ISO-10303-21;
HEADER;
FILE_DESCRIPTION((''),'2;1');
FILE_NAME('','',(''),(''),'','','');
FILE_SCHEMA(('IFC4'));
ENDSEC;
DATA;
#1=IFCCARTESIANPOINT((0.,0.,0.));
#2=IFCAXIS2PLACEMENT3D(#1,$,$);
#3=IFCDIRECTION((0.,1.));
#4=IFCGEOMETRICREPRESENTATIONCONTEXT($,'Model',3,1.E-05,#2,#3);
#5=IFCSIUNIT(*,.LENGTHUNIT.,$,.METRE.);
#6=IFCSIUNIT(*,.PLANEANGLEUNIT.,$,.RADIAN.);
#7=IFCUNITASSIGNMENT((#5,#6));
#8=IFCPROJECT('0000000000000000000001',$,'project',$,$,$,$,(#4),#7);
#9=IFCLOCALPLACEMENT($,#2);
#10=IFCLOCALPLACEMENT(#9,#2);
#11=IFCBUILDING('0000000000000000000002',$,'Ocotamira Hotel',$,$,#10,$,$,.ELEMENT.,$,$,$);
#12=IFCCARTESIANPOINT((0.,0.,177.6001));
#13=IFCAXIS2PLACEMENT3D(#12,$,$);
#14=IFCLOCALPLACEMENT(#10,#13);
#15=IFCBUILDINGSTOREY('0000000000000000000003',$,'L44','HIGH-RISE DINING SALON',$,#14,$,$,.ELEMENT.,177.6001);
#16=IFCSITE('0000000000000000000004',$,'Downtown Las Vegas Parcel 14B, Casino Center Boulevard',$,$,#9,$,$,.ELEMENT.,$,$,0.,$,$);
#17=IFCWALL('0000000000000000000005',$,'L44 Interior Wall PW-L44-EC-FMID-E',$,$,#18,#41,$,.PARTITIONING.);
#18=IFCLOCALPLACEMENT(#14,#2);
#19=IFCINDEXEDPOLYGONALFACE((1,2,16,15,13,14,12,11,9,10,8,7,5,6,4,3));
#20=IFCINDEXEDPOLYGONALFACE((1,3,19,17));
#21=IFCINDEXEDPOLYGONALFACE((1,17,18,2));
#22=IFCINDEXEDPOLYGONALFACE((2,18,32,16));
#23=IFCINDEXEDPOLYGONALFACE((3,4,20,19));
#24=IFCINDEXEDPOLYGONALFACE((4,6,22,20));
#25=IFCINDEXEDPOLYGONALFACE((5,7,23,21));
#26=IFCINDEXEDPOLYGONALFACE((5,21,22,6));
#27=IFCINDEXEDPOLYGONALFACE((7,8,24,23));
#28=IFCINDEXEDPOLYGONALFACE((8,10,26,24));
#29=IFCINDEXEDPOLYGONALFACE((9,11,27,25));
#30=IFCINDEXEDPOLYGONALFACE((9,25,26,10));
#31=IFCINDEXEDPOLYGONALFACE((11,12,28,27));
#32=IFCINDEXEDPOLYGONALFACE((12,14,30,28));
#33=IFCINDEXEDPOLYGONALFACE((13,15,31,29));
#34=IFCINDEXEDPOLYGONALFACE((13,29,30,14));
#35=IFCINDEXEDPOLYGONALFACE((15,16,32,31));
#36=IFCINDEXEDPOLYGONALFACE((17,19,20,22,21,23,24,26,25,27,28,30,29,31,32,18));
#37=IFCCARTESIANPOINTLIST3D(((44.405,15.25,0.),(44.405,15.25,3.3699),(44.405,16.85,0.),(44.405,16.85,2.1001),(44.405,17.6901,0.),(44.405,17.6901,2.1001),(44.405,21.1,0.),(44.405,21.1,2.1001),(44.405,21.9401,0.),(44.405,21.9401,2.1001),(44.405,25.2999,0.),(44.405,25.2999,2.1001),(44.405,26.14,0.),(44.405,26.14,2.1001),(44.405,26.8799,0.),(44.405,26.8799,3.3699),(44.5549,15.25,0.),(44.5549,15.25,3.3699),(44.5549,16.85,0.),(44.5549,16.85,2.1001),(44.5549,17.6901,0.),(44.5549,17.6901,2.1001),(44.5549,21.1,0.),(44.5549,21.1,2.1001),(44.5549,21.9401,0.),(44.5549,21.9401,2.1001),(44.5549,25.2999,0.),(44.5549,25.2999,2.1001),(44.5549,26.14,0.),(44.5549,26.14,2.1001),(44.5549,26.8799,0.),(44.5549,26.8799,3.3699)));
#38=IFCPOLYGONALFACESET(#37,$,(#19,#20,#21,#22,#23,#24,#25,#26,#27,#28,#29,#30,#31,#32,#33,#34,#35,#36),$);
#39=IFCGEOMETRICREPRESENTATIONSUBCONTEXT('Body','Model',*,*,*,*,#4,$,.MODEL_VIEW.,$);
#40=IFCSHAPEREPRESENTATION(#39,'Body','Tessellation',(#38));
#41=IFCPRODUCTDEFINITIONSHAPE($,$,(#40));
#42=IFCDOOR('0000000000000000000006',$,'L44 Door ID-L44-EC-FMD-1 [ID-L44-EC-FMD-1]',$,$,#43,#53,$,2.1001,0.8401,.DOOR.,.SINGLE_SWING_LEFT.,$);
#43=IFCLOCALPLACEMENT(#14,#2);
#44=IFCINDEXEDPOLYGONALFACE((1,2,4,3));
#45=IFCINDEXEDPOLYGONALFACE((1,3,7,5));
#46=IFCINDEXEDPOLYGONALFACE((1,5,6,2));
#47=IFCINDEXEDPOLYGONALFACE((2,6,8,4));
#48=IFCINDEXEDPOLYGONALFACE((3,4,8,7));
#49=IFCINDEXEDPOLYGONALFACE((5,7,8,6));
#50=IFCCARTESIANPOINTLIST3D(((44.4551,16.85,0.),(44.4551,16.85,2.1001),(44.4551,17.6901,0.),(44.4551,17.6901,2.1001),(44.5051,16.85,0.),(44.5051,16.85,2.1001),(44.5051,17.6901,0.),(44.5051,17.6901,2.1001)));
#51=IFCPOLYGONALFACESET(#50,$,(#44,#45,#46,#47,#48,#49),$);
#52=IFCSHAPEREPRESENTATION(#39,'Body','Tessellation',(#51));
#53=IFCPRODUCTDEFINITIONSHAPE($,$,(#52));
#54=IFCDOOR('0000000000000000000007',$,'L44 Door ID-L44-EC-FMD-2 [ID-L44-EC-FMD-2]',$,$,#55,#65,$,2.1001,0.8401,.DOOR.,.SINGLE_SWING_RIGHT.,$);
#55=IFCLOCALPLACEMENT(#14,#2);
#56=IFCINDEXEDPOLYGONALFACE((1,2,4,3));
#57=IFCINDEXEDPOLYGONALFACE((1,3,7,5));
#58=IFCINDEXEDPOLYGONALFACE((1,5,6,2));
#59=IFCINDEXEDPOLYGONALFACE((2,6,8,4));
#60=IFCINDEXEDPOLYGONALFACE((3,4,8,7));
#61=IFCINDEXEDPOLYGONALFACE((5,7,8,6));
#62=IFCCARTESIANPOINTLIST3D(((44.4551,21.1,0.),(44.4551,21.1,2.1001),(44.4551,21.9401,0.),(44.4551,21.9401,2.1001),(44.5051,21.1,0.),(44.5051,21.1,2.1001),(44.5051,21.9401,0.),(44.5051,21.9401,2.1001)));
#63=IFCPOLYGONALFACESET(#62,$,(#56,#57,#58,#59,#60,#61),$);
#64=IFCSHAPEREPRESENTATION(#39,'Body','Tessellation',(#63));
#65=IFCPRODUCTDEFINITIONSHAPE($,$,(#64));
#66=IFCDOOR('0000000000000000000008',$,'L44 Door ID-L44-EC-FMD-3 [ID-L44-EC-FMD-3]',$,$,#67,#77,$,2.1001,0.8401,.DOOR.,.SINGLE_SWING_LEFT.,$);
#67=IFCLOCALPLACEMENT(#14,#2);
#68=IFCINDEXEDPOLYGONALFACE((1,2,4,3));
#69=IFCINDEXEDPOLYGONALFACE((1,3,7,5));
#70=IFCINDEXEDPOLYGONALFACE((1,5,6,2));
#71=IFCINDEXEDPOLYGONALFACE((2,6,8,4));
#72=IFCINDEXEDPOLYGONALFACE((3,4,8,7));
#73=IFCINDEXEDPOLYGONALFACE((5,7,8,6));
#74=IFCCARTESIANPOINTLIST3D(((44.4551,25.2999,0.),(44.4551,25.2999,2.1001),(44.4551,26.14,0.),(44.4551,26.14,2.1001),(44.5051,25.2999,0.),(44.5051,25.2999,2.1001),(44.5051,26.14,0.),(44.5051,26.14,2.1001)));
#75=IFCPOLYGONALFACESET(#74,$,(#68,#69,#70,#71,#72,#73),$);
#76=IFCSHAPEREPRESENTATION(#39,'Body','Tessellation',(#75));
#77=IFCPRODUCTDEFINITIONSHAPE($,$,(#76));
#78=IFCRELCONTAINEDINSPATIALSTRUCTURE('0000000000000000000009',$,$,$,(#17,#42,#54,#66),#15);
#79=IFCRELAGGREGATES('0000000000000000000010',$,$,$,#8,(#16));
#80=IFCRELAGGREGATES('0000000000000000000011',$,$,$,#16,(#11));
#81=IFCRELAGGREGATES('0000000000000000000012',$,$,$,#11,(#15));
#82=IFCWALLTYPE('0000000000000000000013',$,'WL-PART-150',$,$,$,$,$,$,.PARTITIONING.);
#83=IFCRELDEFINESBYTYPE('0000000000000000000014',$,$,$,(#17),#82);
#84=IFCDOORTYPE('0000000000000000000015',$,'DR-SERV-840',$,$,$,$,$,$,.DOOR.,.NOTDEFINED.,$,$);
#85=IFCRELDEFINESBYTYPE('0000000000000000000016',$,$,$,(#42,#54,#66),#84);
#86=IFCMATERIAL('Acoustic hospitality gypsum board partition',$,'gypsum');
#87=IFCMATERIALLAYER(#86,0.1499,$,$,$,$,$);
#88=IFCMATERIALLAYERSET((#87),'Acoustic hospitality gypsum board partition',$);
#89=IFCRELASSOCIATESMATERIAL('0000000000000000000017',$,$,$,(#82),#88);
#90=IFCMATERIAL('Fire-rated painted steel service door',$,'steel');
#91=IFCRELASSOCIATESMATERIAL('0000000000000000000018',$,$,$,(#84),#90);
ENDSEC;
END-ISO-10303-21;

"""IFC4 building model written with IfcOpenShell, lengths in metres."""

from ifc_helpers import new_model, si_unit, direction, frame, frame_2d, origin, place, context, subcontext, project, spatial, rectangle, extrude, source, transform, mapped, material, layer, layer_set, type_object, element, fill, save


model = new_model("IFC4")

# Units and contexts
model_context = context("Model", 3, precision=1e-05, world=origin(), true_north=direction((0.0, 1.0)))
body_context = subcontext(model_context, "Body", "Model", "MODEL_VIEW")
ifc_project = project(units=[si_unit("LENGTHUNIT", "METRE"), si_unit("PLANEANGLEUNIT", "RADIAN")], contexts=[model_context])

# Site, building, storey
site_placement = place(None, origin())
site = spatial("IfcSite", under=ifc_project, at=site_placement, Name="Downtown Las Vegas Parcel 14B, Casino Center Boulevard", CompositionType="ELEMENT", RefElevation=0.0)
building_placement = place(site_placement, origin())
building = spatial("IfcBuilding", under=site, at=building_placement, Name="Ocotamira Hotel", CompositionType="ELEMENT")
storey_placement = place(building_placement, frame((0.0, 0.0, 177.6001)))
storey = spatial("IfcBuildingStorey", under=building, at=storey_placement, Name="L44", Description="HIGH-RISE DINING SALON", CompositionType="ELEMENT", Elevation=177.6001)

# Shared definitions
ifc_material_1 = material(Name="Acoustic hospitality gypsum board partition", Category="gypsum")
ifc_layer_1 = layer(ifc_material_1, 0.1499)
ifc_layer_set_1 = layer_set([ifc_layer_1], Name="Acoustic hospitality gypsum board partition")
wall_type_1 = type_object("IfcWallType", Name="WL-PART-150", PredefinedType="PARTITIONING", material=ifc_layer_set_1)

# Wall, openings, doors
wall_1_placement = place(storey_placement, frame((44.48, 15.25, 0.0), z_axis=(0.0, 0.0, 1.0), x_axis=(0.0, 1.0, 0.0)))
wall_1 = element("IfcWall", 1, at=wall_1_placement, inside=storey, type_object=wall_type_1, Name="L44 Interior Wall PW-L44-EC-FMID-E", PredefinedType="PARTITIONING", context=body_context, shape_type="SweptSolid", body=[
    extrude(rectangle(XDim=11.6299, YDim=0.1499, at=frame_2d((5.8149, 0.0))), origin(), (0.0, 0.0, 1.0), 3.3699),
])
opening_1_placement = place(wall_1_placement, frame((1.6001, 0.0, 0.0)))
opening_1 = element("IfcOpeningElement", 2, at=opening_1_placement, cuts=wall_1, PredefinedType="OPENING", context=body_context, shape_type="SweptSolid", body=[
    extrude(rectangle(XDim=0.8401, YDim=2.1001, at=frame_2d((0.4199, 1.05))), frame((0.0, 0.085, 0.0), z_axis=(0.0, -1.0, 0.0), x_axis=(1.0, 0.0, 0.0)), (0.0, 0.0, 1.0), 0.1699),
])
opening_2_placement = place(wall_1_placement, frame((5.8501, 0.0, 0.0)))
opening_2 = element("IfcOpeningElement", 3, at=opening_2_placement, cuts=wall_1, PredefinedType="OPENING", context=body_context, shape_type="SweptSolid", body=[
    extrude(rectangle(XDim=0.8401, YDim=2.1001, at=frame_2d((0.4199, 1.05))), frame((0.0, 0.085, 0.0), z_axis=(0.0, -1.0, 0.0), x_axis=(1.0, 0.0, 0.0)), (0.0, 0.0, 1.0), 0.1699),
])
opening_3_placement = place(wall_1_placement, frame((10.05, 0.0, 0.0)))
opening_3 = element("IfcOpeningElement", 4, at=opening_3_placement, cuts=wall_1, PredefinedType="OPENING", context=body_context, shape_type="SweptSolid", body=[
    extrude(rectangle(XDim=0.8401, YDim=2.1001, at=frame_2d((0.4199, 1.05))), frame((0.0, 0.085, 0.0), z_axis=(0.0, -1.0, 0.0), x_axis=(1.0, 0.0, 0.0)), (0.0, 0.0, 1.0), 0.1699),
])
ifc_material_2 = material(Name="Fire-rated painted steel service door", Category="steel")
door_type_1 = type_object("IfcDoorType", Name="DR-SERV-840", OperationType="NOTDEFINED", PredefinedType="DOOR", material=ifc_material_2)
shared_shape_1 = source(origin(), body_context, "Body", "SweptSolid", [
    extrude(rectangle(XDim=0.8401, YDim=2.1001, at=frame_2d((0.4199, 1.05))), frame((0.0, 0.0249, 0.0), z_axis=(0.0, -1.0, 0.0), x_axis=(1.0, 0.0, 0.0)), (0.0, 0.0, 1.0), 0.05),
])
door_1_placement = place(opening_1_placement, origin())
door_1 = element("IfcDoor", 5, at=door_1_placement, inside=storey, type_object=door_type_1, Name="L44 Door ID-L44-EC-FMD-1 [ID-L44-EC-FMD-1]", OperationType="SINGLE_SWING_LEFT", OverallHeight=2.1001, OverallWidth=0.8401, PredefinedType="DOOR", context=body_context, shape_type="MappedRepresentation", body=[
    mapped(shared_shape_1, transform((0.0, 0.0, 0.0), scale=1.0)),
])
fill(opening_1, door_1)
door_2_placement = place(opening_2_placement, origin())
door_2 = element("IfcDoor", 6, at=door_2_placement, inside=storey, type_object=door_type_1, Name="L44 Door ID-L44-EC-FMD-2 [ID-L44-EC-FMD-2]", OperationType="SINGLE_SWING_RIGHT", OverallHeight=2.1001, OverallWidth=0.8401, PredefinedType="DOOR", context=body_context, shape_type="MappedRepresentation", body=[
    mapped(shared_shape_1, transform((0.0, 0.0, 0.0), scale=1.0)),
])
fill(opening_2, door_2)
door_3_placement = place(opening_3_placement, origin())
door_3 = element("IfcDoor", 7, at=door_3_placement, inside=storey, type_object=door_type_1, Name="L44 Door ID-L44-EC-FMD-3 [ID-L44-EC-FMD-3]", OperationType="SINGLE_SWING_LEFT", OverallHeight=2.1001, OverallWidth=0.8401, PredefinedType="DOOR", context=body_context, shape_type="MappedRepresentation", body=[
    mapped(shared_shape_1, transform((0.0, 0.0, 0.0), scale=1.0)),
])
fill(opening_3, door_3)

save(model, "model.ifc")
